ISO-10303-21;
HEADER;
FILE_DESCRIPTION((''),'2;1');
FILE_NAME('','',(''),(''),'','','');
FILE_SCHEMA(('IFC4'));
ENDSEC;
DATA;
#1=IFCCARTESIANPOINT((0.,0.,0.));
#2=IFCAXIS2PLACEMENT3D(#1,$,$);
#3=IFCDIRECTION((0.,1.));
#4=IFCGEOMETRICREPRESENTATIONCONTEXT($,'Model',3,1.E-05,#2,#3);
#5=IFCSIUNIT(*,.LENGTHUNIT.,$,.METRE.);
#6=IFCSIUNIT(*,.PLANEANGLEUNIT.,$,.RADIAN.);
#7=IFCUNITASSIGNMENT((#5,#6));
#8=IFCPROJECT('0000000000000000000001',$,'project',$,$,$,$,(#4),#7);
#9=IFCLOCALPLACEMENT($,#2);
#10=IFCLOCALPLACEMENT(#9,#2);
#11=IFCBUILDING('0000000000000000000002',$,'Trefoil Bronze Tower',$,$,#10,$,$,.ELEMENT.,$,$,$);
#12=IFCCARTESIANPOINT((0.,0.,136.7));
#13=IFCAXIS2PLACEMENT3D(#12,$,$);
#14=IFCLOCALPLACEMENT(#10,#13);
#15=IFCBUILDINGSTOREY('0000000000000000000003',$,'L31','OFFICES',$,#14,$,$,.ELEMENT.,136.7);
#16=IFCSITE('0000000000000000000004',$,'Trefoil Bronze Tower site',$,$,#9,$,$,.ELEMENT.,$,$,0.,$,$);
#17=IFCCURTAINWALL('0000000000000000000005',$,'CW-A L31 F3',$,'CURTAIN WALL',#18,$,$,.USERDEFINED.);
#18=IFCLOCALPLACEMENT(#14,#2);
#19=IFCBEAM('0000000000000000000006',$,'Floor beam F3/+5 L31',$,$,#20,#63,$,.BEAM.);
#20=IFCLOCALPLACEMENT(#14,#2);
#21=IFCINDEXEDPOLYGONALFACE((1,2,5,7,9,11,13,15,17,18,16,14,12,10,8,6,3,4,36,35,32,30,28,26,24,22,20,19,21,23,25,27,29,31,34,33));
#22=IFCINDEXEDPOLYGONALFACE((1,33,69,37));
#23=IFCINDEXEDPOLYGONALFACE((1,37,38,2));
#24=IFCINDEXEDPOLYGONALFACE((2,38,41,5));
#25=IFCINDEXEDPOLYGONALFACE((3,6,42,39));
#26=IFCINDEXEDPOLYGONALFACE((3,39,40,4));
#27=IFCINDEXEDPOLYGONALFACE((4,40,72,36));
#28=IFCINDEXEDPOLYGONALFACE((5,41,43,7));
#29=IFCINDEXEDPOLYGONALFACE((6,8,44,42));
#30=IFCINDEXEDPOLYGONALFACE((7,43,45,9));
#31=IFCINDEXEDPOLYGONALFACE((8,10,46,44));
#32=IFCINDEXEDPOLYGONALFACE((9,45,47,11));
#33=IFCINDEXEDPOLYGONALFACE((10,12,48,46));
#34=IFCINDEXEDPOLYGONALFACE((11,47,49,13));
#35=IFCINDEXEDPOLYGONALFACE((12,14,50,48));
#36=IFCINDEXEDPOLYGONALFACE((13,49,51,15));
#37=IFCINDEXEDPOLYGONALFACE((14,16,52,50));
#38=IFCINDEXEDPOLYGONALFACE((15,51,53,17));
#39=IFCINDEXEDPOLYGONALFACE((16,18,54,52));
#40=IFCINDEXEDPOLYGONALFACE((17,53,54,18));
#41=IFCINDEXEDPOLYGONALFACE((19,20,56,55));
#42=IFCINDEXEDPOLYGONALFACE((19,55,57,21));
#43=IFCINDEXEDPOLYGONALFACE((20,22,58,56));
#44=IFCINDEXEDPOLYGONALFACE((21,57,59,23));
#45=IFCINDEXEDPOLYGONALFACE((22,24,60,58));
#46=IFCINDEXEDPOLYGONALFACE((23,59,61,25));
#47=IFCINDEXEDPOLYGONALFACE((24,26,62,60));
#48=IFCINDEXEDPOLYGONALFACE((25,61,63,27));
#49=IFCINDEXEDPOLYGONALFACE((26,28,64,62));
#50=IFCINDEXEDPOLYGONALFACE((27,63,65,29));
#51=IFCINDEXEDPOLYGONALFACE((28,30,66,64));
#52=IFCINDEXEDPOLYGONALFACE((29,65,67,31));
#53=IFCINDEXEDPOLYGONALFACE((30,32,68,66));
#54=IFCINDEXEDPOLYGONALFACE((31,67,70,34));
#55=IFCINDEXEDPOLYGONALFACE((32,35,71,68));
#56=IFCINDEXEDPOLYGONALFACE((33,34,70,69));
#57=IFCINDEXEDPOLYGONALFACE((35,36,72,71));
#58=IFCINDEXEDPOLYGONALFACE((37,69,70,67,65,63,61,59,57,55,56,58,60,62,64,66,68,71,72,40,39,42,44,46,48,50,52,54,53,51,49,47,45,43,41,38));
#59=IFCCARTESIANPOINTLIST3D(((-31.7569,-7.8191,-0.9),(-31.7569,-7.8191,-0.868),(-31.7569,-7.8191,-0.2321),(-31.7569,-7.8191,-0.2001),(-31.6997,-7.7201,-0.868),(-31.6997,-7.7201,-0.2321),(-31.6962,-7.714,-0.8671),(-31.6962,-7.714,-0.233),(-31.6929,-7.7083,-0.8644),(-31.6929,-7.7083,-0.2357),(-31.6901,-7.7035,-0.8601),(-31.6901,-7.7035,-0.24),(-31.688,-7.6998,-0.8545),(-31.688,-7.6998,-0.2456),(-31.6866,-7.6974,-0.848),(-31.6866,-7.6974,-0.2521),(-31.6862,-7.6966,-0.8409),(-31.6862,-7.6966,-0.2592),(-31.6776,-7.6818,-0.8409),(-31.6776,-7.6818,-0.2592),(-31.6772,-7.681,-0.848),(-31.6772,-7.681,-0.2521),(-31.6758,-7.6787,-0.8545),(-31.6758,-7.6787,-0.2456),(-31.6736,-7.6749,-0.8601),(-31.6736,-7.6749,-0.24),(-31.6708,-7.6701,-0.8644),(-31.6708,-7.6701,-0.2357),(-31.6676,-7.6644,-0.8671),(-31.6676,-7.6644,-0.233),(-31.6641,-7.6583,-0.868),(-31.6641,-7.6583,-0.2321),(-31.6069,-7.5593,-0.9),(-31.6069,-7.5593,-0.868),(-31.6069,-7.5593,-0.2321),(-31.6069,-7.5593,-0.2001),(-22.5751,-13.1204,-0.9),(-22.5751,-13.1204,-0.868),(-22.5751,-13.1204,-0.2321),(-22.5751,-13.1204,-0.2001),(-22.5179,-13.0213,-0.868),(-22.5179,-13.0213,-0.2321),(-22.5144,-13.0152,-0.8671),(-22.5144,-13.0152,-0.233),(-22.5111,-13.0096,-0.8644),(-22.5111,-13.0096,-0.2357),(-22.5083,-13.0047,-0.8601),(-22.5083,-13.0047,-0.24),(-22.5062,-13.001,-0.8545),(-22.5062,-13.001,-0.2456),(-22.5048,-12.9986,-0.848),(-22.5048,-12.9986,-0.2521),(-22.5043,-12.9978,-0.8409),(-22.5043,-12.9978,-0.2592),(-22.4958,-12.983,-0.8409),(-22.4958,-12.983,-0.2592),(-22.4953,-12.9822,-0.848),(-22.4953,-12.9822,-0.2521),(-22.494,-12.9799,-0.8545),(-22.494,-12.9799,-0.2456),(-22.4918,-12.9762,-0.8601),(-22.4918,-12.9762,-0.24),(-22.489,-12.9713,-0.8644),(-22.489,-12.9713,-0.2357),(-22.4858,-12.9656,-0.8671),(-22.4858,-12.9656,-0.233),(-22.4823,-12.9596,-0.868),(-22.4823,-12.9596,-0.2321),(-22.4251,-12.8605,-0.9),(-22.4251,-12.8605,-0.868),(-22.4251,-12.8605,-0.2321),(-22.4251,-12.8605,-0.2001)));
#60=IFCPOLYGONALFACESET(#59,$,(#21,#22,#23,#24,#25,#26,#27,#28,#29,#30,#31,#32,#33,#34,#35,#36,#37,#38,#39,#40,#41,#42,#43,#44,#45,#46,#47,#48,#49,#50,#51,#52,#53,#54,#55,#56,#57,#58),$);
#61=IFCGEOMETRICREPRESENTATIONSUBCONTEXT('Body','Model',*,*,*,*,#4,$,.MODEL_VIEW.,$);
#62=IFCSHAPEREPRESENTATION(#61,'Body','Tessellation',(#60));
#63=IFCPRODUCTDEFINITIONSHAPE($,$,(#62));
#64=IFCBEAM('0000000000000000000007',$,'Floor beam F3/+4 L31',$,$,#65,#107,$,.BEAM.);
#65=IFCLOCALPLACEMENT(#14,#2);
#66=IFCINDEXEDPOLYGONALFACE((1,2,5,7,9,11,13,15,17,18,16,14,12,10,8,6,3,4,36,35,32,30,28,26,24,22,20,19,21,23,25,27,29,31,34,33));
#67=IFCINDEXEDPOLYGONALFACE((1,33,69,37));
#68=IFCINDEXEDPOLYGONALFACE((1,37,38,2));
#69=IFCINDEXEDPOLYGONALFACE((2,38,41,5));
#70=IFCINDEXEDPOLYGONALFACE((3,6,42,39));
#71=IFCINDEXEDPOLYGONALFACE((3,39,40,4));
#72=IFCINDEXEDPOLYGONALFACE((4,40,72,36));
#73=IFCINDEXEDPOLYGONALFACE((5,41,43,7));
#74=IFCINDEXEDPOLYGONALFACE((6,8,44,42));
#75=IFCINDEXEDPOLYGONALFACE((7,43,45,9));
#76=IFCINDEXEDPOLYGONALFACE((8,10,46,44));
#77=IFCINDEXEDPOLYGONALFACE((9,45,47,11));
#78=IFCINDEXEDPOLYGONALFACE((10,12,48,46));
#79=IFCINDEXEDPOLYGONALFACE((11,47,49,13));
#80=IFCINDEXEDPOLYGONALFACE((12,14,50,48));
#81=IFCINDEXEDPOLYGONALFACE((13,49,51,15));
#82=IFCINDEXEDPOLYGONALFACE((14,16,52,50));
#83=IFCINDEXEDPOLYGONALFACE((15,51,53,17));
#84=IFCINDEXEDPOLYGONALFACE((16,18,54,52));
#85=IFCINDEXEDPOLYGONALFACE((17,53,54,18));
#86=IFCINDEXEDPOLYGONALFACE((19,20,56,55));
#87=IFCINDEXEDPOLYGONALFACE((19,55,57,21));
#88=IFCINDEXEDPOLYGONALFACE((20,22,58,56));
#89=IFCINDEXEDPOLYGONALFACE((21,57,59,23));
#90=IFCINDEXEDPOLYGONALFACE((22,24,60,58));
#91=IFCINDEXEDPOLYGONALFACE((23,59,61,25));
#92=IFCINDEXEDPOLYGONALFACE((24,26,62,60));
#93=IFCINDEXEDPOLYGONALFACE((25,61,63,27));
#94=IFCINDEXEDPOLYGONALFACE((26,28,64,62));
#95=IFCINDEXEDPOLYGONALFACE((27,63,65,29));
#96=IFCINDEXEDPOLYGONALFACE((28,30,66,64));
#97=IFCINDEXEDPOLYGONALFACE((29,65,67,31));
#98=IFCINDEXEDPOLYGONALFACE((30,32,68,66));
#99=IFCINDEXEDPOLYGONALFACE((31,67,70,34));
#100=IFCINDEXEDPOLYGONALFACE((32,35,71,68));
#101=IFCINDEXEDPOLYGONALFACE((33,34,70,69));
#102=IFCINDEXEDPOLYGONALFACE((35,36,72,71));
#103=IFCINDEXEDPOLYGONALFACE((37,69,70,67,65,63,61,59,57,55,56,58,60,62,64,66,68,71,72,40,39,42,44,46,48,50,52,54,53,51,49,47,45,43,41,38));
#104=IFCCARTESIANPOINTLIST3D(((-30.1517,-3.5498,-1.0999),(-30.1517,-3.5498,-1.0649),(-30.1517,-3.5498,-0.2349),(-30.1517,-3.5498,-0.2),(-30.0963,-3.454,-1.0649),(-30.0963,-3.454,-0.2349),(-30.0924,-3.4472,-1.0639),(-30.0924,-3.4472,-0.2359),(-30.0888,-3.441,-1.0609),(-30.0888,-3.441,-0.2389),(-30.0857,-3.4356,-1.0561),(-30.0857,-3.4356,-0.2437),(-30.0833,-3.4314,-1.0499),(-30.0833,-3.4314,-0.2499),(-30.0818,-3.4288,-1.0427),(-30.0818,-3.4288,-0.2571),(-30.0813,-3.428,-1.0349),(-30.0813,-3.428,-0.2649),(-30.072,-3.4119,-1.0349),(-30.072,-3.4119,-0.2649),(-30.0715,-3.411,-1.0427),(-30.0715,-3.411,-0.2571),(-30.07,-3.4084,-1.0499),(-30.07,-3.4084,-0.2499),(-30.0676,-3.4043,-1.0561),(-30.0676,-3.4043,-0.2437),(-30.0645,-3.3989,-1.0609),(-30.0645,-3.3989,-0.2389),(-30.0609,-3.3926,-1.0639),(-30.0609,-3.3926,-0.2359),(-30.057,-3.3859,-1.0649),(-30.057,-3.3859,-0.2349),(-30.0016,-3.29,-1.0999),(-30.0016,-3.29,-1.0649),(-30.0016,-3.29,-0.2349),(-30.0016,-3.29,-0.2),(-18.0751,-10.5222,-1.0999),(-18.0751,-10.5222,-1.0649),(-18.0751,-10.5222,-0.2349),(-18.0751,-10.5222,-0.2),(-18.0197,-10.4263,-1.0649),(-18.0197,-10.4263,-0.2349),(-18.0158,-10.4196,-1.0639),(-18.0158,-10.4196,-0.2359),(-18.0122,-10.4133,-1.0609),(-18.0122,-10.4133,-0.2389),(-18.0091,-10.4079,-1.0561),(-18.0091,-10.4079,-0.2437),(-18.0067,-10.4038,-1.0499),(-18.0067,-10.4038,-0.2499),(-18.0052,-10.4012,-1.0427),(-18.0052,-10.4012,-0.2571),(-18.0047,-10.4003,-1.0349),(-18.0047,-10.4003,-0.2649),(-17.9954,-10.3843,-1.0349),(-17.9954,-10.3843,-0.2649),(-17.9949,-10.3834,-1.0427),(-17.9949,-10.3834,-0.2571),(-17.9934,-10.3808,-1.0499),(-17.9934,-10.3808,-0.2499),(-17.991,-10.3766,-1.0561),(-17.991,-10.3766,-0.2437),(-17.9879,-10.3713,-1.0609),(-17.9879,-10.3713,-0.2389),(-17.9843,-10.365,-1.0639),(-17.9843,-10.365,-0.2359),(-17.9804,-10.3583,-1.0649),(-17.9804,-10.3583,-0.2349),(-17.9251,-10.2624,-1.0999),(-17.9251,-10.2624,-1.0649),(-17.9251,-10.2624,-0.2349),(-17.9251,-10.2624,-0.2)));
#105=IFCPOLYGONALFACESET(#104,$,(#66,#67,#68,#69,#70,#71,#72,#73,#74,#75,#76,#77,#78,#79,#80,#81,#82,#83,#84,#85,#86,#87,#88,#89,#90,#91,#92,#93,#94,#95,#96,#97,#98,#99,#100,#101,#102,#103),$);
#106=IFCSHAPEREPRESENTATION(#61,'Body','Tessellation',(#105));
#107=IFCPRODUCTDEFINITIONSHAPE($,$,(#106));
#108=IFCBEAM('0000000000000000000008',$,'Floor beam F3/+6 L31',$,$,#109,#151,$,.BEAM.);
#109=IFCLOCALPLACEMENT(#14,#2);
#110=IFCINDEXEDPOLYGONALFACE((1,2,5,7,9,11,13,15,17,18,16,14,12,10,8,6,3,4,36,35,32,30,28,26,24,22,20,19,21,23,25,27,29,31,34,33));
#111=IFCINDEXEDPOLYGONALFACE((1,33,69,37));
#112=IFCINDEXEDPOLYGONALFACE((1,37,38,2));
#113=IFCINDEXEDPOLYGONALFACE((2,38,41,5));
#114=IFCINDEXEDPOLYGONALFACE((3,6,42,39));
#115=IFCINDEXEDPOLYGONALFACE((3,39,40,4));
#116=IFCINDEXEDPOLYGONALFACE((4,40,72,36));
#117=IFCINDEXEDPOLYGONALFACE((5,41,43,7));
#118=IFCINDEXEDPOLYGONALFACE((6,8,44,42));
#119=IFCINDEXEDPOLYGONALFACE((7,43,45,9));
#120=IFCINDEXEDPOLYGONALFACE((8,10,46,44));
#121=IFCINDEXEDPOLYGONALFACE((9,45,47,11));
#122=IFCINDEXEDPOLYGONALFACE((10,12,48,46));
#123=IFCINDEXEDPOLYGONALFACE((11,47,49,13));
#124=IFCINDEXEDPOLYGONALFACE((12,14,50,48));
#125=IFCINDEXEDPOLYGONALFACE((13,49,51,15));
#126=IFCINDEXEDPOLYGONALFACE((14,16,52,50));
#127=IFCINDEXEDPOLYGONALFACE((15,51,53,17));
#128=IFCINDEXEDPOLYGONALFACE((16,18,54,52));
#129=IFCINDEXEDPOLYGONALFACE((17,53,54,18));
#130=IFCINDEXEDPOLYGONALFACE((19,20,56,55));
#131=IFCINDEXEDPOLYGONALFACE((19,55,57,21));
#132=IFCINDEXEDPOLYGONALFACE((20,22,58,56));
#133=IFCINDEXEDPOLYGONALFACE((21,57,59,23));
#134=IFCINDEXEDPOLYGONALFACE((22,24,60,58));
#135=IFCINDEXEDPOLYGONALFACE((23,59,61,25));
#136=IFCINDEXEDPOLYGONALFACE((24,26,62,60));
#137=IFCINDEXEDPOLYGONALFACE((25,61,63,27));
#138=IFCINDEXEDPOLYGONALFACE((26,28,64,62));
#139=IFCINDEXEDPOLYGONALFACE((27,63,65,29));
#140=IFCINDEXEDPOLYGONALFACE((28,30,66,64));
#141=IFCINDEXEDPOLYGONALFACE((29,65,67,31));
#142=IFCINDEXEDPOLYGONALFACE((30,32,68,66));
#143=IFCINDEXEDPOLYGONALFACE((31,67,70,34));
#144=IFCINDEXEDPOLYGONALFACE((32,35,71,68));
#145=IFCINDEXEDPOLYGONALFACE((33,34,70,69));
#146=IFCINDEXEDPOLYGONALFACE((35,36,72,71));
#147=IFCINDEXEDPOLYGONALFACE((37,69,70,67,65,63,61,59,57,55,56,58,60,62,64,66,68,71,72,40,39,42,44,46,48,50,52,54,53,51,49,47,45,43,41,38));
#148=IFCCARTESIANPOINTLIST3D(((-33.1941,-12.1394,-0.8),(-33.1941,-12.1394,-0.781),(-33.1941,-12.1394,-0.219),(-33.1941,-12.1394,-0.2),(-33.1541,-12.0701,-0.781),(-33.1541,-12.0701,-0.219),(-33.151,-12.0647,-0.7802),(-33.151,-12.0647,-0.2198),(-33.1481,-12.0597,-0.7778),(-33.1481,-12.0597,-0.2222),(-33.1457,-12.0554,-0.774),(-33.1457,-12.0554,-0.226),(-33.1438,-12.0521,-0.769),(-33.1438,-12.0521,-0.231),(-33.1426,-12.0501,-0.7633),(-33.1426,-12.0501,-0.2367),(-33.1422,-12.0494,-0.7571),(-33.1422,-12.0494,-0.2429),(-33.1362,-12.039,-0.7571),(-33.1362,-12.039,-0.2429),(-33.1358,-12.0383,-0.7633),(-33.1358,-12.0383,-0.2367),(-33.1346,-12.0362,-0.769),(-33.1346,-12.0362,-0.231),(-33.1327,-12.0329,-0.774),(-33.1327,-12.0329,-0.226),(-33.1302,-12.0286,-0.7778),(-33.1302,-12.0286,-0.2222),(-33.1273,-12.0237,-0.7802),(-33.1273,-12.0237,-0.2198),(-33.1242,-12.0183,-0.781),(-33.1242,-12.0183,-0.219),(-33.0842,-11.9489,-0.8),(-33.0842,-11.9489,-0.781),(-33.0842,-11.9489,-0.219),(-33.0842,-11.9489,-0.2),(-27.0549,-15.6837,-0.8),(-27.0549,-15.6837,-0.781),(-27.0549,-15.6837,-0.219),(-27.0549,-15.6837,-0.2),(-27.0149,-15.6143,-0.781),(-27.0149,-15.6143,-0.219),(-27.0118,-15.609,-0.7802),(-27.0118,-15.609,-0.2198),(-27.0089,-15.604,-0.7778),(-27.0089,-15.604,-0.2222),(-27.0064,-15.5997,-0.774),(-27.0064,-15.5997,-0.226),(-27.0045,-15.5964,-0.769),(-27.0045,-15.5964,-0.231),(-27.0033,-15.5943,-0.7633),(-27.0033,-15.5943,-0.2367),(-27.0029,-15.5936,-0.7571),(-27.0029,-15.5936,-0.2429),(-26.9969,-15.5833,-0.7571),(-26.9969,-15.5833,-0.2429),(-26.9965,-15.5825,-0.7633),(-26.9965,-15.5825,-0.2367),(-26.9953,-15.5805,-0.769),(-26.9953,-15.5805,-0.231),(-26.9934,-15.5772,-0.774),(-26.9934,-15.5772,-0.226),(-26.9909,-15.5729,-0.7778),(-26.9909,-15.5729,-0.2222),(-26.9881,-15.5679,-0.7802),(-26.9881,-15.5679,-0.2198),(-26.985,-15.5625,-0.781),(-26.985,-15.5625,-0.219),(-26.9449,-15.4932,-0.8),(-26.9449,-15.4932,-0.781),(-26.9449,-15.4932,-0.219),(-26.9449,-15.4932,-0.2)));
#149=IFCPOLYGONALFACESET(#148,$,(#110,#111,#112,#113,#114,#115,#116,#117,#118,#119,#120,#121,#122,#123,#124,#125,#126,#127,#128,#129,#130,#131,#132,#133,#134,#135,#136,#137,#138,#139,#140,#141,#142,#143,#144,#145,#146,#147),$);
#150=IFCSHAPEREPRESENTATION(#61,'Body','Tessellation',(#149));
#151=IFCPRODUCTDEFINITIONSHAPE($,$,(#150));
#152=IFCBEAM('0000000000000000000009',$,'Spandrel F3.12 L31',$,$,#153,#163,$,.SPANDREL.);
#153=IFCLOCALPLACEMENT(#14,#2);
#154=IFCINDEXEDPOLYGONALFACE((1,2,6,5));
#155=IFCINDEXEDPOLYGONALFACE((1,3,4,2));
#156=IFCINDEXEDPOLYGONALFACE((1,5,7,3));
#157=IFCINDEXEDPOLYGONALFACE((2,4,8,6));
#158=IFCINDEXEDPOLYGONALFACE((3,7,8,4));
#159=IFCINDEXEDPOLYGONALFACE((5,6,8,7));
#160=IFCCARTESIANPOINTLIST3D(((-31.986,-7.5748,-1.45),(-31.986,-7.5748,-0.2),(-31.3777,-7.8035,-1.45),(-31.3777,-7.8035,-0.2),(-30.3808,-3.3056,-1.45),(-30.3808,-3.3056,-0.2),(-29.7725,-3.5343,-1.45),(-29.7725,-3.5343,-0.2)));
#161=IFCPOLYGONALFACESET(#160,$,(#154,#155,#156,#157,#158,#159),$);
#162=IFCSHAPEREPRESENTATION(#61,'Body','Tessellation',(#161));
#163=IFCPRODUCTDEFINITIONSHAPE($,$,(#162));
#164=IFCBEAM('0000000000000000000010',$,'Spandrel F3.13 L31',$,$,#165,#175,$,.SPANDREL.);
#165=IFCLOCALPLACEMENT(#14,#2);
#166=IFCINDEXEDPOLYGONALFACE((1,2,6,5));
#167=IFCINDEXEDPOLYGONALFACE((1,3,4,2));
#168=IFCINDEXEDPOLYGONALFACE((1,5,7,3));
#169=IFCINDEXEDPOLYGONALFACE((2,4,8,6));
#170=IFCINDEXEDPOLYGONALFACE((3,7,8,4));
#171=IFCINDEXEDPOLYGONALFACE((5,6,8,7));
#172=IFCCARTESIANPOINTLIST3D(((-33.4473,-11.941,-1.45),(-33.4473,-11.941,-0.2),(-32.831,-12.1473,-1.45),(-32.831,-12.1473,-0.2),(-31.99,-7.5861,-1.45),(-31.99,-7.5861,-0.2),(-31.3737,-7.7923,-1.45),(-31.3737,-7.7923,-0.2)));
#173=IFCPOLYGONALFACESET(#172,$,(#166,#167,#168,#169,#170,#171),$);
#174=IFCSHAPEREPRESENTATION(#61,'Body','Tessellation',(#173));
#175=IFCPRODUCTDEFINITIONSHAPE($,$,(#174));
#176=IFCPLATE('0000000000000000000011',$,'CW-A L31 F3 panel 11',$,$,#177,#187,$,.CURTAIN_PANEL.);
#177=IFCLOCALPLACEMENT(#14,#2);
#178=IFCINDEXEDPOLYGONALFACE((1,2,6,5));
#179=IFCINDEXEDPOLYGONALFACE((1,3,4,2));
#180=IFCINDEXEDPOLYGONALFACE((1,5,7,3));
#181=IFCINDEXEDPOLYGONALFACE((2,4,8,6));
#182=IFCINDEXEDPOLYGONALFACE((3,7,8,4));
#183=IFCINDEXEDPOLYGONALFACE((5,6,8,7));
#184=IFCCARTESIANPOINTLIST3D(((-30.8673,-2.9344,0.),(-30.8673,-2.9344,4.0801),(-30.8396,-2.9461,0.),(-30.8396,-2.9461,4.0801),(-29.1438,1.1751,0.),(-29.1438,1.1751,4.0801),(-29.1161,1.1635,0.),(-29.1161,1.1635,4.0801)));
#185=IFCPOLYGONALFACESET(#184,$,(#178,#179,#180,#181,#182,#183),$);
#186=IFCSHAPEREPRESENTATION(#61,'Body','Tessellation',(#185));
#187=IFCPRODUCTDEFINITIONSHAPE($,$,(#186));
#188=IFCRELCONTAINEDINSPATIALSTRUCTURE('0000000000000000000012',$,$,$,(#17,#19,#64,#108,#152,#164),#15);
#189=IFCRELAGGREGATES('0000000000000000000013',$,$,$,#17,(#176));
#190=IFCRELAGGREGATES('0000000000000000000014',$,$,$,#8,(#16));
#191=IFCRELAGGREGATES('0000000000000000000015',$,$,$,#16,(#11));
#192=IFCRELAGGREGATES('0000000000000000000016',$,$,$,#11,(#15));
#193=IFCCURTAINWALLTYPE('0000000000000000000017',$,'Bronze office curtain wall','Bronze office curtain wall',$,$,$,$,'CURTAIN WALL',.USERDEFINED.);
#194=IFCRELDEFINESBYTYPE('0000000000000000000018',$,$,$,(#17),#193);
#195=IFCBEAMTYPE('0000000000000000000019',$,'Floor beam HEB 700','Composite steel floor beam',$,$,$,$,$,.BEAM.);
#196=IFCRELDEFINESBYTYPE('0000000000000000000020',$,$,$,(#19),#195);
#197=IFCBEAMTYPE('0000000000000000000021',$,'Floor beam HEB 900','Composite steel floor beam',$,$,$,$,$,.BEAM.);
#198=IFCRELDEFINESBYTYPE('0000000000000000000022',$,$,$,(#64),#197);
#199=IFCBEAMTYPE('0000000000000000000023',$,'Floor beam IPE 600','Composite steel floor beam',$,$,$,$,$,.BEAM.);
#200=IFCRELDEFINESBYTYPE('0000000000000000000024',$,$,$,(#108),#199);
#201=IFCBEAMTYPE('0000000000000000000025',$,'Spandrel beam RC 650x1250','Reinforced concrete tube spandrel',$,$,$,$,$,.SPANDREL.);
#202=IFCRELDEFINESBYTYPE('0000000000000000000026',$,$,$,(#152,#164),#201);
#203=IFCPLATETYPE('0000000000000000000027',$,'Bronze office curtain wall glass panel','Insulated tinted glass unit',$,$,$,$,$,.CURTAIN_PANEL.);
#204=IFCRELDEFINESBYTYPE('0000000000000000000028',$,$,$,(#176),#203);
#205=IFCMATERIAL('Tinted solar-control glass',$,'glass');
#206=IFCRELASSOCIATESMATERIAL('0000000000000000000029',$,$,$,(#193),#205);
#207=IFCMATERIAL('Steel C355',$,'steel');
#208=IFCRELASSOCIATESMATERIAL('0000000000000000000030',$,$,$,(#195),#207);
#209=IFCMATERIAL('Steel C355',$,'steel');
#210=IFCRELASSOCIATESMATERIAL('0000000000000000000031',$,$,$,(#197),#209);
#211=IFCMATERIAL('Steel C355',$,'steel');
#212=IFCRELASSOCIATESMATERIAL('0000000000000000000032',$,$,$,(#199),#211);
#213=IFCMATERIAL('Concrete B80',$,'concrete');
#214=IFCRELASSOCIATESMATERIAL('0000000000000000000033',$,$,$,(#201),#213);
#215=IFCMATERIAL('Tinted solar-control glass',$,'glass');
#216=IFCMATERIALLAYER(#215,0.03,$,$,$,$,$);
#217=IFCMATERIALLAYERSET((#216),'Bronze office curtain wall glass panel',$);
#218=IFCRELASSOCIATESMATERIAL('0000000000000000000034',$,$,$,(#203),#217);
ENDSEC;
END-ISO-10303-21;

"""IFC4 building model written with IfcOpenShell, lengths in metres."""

from ifc_helpers import new_model, si_unit, direction, frame, origin, origin_2d, place, context, subcontext, project, spatial, rectangle, i_section, extrude, material, layer, layer_set, material_profile, profile_set, type_object, element, aggregate, save


model = new_model("IFC4")

# Units and contexts
model_context = context("Model", 3, precision=1e-05, world=origin(), true_north=direction((0.0, 1.0)))
body_context = subcontext(model_context, "Body", "Model", "MODEL_VIEW")
ifc_project = project(units=[si_unit("LENGTHUNIT", "METRE"), si_unit("PLANEANGLEUNIT", "RADIAN")], contexts=[model_context])

# Site, building, storey
site_placement = place(None, origin())
site = spatial("IfcSite", under=ifc_project, at=site_placement, Name="Trefoil Bronze Tower site", CompositionType="ELEMENT", RefElevation=0.0)
building_placement = place(site_placement, origin())
building = spatial("IfcBuilding", under=site, at=building_placement, Name="Trefoil Bronze Tower", CompositionType="ELEMENT")
storey_placement = place(building_placement, frame((0.0, 0.0, 136.7)))
storey = spatial("IfcBuildingStorey", under=building, at=storey_placement, Name="L31", Description="OFFICES", CompositionType="ELEMENT", Elevation=136.7)

# Curtain wall
ifc_material_1 = material(Name="Tinted solar-control glass", Category="glass")
curtain_wall_type_1 = type_object("IfcCurtainWallType", Name="Bronze office curtain wall", Description="Bronze office curtain wall", ElementType="CURTAIN WALL", PredefinedType="USERDEFINED", material=ifc_material_1)
curtain_wall_1_placement = place(storey_placement, origin())
curtain_wall_1 = element("IfcCurtainWall", 1, at=curtain_wall_1_placement, inside=storey, type_object=curtain_wall_type_1, Name="CW-A L31 F3", ObjectType="CURTAIN WALL", PredefinedType="USERDEFINED")

# Beams
ifc_material_2 = material(Name="Steel C355", Category="steel")
ifc_material_profile_1 = material_profile(ifc_material_2, i_section(OverallWidth=0.3, OverallDepth=0.7, WebThickness=0.0171, FlangeThickness=0.032, FilletRadius=0.0271, at=origin_2d()), Name="HEB 700")
ifc_profile_set_1 = profile_set([ifc_material_profile_1], Name="Steel C355")
beam_type_1 = type_object("IfcBeamType", Name="Floor beam HEB 700", Description="Composite steel floor beam", PredefinedType="BEAM", material=ifc_profile_set_1)
beam_1_placement = place(storey_placement, frame((-31.6819, -7.6892, -0.55), z_axis=(0.866021, -0.500007, 0.0), x_axis=(0.500007, 0.866021, 0.0)))
element("IfcBeam", 2, at=beam_1_placement, inside=storey, type_object=beam_type_1, Name="Floor beam F3/+5 L31", PredefinedType="BEAM", context=body_context, shape_type="SweptSolid", body=[
    extrude(i_section(OverallWidth=0.3, OverallDepth=0.7, WebThickness=0.0171, FlangeThickness=0.032, FilletRadius=0.0271, at=origin_2d()), origin(), (0.0, 0.0, 1.0), 10.6023),
])
ifc_material_3 = material(Name="Steel C355", Category="steel")
ifc_material_profile_2 = material_profile(ifc_material_3, i_section(OverallWidth=0.3, OverallDepth=0.8999, WebThickness=0.0186, FlangeThickness=0.0349, FilletRadius=0.03, at=origin_2d()), Name="HEB 900")
ifc_profile_set_2 = profile_set([ifc_material_profile_2], Name="Steel C355")
beam_type_2 = type_object("IfcBeamType", Name="Floor beam HEB 900", Description="Composite steel floor beam", PredefinedType="BEAM", material=ifc_profile_set_2)
beam_2_placement = place(storey_placement, frame((-30.0767, -3.4199, -0.6499), z_axis=(0.866027, -0.499997, 0.0), x_axis=(0.499997, 0.866027, 0.0)))
element("IfcBeam", 3, at=beam_2_placement, inside=storey, type_object=beam_type_2, Name="Floor beam F3/+4 L31", PredefinedType="BEAM", context=body_context, shape_type="SweptSolid", body=[
    extrude(i_section(OverallWidth=0.3, OverallDepth=0.8999, WebThickness=0.0186, FlangeThickness=0.0349, FilletRadius=0.03, at=origin_2d()), origin(), (0.0, 0.0, 1.0), 13.9448),
])
ifc_material_4 = material(Name="Steel C355", Category="steel")
ifc_material_profile_3 = material_profile(ifc_material_4, i_section(OverallWidth=0.22, OverallDepth=0.6001, WebThickness=0.012, FlangeThickness=0.019, FilletRadius=0.0239, at=origin_2d()), Name="IPE 600")
ifc_profile_set_3 = profile_set([ifc_material_profile_3], Name="Steel C355")
beam_type_3 = type_object("IfcBeamType", Name="Floor beam IPE 600", Description="Composite steel floor beam", PredefinedType="BEAM", material=ifc_profile_set_3)
beam_3_placement = place(storey_placement, frame((-33.1392, -12.0442, -0.5), z_axis=(0.866041, -0.499973, 0.0), x_axis=(0.499973, 0.866041, 0.0)))
element("IfcBeam", 4, at=beam_3_placement, inside=storey, type_object=beam_type_3, Name="Floor beam F3/+6 L31", PredefinedType="BEAM", context=body_context, shape_type="SweptSolid", body=[
    extrude(i_section(OverallWidth=0.22, OverallDepth=0.6001, WebThickness=0.012, FlangeThickness=0.019, FilletRadius=0.0239, at=origin_2d()), origin(), (0.0, 0.0, 1.0), 7.0889),
])
ifc_material_5 = material(Name="Concrete B80", Category="concrete")
ifc_material_profile_4 = material_profile(ifc_material_5, rectangle(XDim=0.6499, YDim=1.25, at=origin_2d()), Name="RC 650x1250")
ifc_profile_set_4 = profile_set([ifc_material_profile_4], Name="Concrete B80")
beam_type_4 = type_object("IfcBeamType", Name="Spandrel beam RC 650x1250", Description="Reinforced concrete tube spandrel", PredefinedType="SPANDREL", material=ifc_profile_set_4)
beam_4_placement = place(storey_placement, frame((-30.0767, -3.4199, -0.825), z_axis=(-0.351939, -0.936023, 0.0), x_axis=(0.936023, -0.351939, 0.0)))
element("IfcBeam", 5, at=beam_4_placement, inside=storey, type_object=beam_type_4, Name="Spandrel F3.12 L31", PredefinedType="SPANDREL", context=body_context, shape_type="SweptSolid", body=[
    extrude(rectangle(XDim=0.6499, YDim=1.25, at=origin_2d()), origin(), (0.0, 0.0, 1.0), 4.561),
])
beam_5_placement = place(storey_placement, frame((-31.6819, -7.6892, -0.825), z_axis=(-0.317328, -0.948316, 0.0), x_axis=(0.948316, -0.317328, 0.0)))
element("IfcBeam", 6, at=beam_5_placement, inside=storey, type_object=beam_type_4, Name="Spandrel F3.13 L31", PredefinedType="SPANDREL", context=body_context, shape_type="SweptSolid", body=[
    extrude(rectangle(XDim=0.6499, YDim=1.25, at=origin_2d()), origin(), (0.0, 0.0, 1.0), 4.5923),
])

# Plate
ifc_material_6 = material(Name="Tinted solar-control glass", Category="glass")
ifc_layer_1 = layer(ifc_material_6, 0.03)
ifc_layer_set_1 = layer_set([ifc_layer_1], Name="Bronze office curtain wall glass panel")
plate_type_1 = type_object("IfcPlateType", Name="Bronze office curtain wall glass panel", Description="Insulated tinted glass unit", PredefinedType="CURTAIN_PANEL", material=ifc_layer_set_1)
plate_1_placement = place(storey_placement, frame((-29.9917, -0.8855, 0.0), z_axis=(0.0, 0.0, 1.0), x_axis=(-0.386759, -0.922181, 0.0)))
plate_1 = element("IfcPlate", 7, at=plate_1_placement, type_object=plate_type_1, Name="CW-A L31 F3 panel 11", PredefinedType="CURTAIN_PANEL", context=body_context, shape_type="SweptSolid", body=[
    extrude(rectangle(XDim=4.4563, YDim=0.03, at=origin_2d()), origin(), (0.0, 0.0, 1.0), 4.0801),
])
aggregate(curtain_wall_1, [plate_1])

save(model, "model.ifc")
